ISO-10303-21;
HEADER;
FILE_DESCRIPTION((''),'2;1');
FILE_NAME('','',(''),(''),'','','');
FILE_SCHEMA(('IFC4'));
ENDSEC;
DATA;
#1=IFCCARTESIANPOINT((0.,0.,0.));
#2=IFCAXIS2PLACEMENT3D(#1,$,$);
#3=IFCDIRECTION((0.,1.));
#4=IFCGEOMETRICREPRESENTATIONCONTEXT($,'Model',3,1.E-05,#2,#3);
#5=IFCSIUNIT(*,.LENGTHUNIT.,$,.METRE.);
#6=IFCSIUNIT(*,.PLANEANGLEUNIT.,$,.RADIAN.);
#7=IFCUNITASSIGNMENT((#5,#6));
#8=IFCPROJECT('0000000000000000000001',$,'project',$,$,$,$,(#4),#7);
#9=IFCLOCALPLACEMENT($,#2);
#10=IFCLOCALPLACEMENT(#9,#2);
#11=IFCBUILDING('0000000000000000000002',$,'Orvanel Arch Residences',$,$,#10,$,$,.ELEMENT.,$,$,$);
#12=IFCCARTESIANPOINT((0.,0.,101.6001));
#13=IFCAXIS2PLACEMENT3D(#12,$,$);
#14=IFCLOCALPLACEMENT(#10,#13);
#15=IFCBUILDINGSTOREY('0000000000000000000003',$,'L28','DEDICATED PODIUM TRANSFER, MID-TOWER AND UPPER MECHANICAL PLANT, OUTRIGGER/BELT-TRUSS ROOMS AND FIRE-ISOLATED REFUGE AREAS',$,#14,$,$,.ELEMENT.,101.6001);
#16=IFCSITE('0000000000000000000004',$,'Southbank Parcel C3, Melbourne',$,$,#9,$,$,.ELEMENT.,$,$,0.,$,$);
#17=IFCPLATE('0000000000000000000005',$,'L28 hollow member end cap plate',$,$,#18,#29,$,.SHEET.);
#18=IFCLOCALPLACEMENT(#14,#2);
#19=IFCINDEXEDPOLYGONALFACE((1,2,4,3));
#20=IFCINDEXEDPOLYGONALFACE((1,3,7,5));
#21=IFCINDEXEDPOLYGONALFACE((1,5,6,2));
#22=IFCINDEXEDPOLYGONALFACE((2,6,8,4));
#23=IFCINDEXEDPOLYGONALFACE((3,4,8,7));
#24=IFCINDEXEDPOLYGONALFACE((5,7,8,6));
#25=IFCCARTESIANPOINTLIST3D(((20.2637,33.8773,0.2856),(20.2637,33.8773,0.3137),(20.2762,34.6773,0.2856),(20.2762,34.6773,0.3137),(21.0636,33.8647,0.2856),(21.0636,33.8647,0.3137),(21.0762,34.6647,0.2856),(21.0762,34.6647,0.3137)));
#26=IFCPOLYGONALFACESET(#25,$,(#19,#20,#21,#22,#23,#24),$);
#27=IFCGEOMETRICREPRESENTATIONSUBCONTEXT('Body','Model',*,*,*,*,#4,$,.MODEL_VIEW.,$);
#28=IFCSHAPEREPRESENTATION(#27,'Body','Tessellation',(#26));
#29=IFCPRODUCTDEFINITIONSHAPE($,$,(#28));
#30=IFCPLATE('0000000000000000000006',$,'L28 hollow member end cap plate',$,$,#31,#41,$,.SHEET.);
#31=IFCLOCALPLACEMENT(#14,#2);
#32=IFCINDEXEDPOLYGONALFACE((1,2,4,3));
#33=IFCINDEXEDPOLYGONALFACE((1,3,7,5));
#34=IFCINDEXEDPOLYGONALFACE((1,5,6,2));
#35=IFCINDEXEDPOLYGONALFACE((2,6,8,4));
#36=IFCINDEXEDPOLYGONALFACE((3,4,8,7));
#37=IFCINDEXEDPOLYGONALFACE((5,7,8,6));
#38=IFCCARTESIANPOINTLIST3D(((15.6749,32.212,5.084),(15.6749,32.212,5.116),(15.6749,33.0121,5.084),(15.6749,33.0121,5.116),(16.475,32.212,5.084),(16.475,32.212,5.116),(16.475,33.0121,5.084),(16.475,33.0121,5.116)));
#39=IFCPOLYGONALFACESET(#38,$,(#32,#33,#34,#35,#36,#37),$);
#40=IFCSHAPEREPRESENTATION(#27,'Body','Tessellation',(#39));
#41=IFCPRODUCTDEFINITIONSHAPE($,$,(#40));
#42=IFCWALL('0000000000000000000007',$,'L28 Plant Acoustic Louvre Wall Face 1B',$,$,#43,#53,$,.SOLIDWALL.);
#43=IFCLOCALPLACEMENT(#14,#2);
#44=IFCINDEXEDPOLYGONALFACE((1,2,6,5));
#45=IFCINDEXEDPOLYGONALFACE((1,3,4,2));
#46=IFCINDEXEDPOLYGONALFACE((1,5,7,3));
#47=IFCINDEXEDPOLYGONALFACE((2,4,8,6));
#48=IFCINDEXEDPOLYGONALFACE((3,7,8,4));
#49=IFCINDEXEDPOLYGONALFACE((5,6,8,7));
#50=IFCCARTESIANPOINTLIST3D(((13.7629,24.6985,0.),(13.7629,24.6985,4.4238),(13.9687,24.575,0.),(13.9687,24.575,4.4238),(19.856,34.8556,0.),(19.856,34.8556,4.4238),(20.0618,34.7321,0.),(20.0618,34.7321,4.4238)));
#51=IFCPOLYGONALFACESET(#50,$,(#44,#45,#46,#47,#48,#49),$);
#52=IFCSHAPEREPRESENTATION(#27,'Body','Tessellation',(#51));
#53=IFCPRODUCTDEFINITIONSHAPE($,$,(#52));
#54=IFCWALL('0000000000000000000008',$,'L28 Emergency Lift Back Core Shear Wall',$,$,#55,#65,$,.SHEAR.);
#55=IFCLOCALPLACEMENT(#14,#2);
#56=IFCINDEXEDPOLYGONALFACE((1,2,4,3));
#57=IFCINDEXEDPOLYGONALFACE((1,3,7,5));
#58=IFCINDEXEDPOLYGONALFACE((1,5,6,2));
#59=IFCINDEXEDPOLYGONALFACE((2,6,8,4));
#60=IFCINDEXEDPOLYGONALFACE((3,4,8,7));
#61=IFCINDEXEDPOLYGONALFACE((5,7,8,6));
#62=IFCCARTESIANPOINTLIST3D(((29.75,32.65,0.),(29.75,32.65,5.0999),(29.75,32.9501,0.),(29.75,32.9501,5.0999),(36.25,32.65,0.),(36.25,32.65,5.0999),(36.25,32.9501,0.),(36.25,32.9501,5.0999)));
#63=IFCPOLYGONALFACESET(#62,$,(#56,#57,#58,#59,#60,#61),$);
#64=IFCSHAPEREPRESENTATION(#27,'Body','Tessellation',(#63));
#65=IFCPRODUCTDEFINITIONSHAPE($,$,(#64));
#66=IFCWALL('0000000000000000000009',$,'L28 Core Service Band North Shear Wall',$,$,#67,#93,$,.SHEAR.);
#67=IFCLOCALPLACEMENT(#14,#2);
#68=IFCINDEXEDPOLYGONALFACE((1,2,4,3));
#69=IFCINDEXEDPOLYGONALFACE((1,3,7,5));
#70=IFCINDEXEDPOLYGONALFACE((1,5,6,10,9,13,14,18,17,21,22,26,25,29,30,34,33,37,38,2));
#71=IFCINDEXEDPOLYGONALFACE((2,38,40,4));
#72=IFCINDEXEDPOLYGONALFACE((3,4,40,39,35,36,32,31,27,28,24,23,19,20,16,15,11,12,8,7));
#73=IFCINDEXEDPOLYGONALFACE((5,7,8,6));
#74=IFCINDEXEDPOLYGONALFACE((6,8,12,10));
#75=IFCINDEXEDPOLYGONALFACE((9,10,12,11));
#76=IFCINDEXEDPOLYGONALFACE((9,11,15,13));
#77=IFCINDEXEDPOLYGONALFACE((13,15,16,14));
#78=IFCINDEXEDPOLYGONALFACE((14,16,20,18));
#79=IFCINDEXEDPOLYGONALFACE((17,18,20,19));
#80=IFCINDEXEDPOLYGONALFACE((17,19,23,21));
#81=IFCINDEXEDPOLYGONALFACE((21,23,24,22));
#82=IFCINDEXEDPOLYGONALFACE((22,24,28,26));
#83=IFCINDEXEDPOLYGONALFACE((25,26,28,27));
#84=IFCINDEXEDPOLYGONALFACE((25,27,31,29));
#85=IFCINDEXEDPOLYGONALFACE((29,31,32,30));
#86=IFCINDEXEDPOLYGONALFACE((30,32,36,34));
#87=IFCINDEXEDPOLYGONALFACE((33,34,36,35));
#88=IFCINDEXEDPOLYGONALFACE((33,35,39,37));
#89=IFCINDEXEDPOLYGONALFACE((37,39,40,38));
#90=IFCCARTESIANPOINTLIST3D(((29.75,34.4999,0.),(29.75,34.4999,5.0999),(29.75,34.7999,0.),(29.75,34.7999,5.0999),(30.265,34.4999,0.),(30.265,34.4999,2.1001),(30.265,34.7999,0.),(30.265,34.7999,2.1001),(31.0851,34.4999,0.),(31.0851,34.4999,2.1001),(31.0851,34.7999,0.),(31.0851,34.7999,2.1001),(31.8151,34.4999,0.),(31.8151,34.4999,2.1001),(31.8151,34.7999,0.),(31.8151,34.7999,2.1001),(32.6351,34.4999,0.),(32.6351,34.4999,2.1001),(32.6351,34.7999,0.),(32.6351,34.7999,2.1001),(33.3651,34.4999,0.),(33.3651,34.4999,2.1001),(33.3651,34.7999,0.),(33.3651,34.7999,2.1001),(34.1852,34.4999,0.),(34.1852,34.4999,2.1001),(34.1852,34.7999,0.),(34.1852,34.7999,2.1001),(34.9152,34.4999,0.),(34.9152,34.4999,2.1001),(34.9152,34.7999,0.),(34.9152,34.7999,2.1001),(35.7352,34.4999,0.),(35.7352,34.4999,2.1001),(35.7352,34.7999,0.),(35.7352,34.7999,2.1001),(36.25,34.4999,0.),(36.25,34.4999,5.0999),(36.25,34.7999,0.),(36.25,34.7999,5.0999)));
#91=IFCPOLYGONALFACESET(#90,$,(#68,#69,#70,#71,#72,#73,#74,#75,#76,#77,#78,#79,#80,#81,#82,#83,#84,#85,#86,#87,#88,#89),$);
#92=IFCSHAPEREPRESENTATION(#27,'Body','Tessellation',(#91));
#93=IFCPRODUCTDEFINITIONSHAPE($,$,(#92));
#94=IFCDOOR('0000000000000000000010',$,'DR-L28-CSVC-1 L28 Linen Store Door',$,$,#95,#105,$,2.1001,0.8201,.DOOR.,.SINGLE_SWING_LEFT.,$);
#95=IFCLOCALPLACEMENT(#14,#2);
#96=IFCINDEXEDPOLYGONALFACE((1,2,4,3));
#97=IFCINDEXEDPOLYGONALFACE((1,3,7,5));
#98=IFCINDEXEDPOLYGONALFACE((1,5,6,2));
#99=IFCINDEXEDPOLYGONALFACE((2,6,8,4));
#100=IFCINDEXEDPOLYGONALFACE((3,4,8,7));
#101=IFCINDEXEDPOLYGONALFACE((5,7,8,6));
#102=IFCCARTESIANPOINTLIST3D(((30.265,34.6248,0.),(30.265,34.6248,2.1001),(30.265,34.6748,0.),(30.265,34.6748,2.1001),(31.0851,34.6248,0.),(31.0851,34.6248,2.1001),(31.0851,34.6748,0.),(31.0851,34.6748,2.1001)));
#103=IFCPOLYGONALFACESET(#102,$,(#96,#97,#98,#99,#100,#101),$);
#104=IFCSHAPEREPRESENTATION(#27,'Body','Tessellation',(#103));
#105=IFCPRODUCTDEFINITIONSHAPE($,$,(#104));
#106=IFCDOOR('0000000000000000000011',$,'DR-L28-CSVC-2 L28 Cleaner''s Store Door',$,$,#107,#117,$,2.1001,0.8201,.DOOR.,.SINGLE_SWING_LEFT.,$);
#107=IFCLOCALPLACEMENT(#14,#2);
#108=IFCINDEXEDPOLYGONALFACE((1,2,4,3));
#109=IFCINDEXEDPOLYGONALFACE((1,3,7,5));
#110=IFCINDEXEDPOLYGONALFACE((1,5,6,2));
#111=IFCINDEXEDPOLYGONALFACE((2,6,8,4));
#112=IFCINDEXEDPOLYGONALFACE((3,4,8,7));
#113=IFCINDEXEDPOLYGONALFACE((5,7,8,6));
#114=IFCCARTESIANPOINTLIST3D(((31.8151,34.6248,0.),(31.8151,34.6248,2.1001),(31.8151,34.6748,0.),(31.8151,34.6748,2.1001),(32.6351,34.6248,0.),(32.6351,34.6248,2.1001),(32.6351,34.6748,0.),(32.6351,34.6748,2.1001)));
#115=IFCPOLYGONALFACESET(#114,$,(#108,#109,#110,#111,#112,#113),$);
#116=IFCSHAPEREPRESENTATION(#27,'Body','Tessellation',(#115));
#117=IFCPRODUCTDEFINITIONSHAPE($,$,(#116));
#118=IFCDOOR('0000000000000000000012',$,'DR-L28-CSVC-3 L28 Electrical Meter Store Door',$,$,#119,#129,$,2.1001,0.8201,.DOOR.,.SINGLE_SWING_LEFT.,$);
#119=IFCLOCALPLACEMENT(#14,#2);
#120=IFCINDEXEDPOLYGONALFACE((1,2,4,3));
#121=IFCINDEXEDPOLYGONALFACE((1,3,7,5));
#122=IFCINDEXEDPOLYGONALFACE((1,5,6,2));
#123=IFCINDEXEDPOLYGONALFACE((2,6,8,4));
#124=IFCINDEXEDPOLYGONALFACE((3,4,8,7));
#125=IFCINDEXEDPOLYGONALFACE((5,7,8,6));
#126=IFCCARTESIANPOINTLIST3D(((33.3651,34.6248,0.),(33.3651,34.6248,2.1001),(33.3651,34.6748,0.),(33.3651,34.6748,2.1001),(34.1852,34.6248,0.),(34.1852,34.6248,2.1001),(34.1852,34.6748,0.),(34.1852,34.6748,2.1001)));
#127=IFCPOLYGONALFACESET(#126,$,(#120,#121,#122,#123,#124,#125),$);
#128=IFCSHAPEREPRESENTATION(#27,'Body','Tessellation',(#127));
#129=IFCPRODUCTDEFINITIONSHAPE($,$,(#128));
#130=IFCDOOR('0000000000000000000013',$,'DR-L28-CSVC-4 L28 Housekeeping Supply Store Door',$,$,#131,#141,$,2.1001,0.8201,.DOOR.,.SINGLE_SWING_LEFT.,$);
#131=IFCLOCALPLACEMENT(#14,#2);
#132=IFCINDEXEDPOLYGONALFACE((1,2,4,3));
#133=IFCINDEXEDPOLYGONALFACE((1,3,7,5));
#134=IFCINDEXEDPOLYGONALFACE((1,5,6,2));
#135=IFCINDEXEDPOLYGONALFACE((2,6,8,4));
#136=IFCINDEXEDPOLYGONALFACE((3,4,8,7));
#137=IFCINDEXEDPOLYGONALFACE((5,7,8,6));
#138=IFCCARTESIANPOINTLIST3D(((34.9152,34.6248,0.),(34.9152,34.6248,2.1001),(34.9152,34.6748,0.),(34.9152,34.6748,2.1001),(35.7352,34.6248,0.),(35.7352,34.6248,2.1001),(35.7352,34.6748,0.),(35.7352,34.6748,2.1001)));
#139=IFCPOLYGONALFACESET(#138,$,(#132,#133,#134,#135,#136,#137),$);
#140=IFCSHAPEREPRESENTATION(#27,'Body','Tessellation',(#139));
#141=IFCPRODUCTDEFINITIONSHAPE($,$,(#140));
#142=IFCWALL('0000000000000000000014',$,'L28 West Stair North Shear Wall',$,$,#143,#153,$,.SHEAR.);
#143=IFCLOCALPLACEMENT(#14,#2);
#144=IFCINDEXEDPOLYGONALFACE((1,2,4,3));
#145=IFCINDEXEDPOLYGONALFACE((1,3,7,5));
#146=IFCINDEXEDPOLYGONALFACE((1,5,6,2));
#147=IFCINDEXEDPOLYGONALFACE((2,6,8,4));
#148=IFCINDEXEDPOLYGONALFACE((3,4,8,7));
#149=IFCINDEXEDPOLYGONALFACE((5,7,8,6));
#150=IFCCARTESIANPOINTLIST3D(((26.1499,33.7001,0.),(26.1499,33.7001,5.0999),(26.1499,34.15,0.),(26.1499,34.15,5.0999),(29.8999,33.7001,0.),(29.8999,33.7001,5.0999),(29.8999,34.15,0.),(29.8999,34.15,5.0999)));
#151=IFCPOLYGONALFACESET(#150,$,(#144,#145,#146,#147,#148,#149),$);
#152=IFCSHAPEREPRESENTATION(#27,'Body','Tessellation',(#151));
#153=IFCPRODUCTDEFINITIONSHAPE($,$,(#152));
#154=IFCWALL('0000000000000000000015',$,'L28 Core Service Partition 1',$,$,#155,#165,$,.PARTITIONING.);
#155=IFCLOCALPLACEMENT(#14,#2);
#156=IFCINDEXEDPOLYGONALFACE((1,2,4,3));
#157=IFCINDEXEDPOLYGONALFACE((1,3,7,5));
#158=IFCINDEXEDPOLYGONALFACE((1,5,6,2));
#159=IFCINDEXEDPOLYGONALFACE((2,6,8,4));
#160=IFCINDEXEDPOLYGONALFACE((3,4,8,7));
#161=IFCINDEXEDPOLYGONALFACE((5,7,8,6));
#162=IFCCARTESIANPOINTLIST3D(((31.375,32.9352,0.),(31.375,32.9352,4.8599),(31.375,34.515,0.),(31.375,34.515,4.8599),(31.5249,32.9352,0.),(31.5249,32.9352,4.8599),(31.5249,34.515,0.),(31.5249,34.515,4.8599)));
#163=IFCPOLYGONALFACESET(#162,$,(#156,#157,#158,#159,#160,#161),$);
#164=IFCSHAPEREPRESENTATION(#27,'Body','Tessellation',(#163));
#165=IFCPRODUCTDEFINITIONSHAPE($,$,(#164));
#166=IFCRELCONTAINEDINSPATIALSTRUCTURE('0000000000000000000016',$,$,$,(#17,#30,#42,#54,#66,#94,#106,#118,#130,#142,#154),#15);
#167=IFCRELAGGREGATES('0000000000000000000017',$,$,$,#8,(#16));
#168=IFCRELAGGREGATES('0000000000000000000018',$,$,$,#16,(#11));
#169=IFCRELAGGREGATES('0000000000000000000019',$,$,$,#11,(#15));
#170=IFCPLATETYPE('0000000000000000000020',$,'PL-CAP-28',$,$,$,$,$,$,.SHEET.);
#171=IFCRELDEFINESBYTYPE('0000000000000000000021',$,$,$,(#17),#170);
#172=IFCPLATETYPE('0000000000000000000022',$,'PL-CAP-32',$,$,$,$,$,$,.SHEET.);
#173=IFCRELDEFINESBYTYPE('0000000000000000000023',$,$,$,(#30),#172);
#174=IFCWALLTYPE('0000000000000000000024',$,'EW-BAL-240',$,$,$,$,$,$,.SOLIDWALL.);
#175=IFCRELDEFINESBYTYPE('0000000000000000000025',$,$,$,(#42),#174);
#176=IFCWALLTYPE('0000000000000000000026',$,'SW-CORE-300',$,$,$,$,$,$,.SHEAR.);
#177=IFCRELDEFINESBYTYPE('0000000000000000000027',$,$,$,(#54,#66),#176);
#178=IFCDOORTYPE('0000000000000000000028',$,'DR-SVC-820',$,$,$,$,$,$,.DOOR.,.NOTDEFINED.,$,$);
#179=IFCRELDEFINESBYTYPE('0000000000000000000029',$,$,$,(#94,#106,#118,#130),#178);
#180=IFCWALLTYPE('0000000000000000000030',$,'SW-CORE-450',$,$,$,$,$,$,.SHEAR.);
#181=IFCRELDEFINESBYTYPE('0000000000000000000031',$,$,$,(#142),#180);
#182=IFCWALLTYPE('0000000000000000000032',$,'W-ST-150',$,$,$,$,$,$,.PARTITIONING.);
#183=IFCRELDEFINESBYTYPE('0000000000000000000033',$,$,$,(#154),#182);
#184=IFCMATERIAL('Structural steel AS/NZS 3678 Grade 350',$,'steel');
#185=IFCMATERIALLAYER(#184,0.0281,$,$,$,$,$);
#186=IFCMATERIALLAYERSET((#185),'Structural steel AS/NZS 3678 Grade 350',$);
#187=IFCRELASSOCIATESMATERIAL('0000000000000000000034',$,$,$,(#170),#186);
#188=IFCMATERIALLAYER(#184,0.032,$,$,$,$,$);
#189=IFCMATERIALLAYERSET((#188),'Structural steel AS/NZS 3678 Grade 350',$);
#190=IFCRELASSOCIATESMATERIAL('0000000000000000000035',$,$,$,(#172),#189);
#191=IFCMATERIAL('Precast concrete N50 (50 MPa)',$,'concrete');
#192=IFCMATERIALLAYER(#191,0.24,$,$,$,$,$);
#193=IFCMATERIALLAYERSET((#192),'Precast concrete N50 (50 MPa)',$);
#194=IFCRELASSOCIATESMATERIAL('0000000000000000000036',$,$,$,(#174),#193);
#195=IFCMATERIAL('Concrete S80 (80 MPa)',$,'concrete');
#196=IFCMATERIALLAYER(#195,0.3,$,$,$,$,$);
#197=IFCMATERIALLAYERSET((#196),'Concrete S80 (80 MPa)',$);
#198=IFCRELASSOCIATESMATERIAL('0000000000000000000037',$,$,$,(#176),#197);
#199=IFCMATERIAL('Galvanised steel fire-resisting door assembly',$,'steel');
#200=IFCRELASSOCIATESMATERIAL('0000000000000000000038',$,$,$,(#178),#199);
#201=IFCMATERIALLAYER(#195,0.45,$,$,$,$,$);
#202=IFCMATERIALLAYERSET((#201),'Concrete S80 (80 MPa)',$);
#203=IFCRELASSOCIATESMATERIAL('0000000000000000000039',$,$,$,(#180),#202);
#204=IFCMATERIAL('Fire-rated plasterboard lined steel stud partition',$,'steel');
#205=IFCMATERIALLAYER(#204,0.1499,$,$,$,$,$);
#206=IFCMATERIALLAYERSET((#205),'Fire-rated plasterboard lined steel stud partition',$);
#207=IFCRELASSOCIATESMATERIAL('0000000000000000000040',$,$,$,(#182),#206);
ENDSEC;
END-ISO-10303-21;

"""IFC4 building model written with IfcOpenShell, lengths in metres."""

from ifc_helpers import new_model, si_unit, direction, frame, frame_2d, origin, origin_2d, place, context, subcontext, project, spatial, rectangle, extrude, material, layer, layer_set, type_object, element, fill, save


model = new_model("IFC4")

# Units and contexts
model_context = context("Model", 3, precision=1e-05, world=origin(), true_north=direction((0.0, 1.0)))
body_context = subcontext(model_context, "Body", "Model", "MODEL_VIEW")
ifc_project = project(units=[si_unit("LENGTHUNIT", "METRE"), si_unit("PLANEANGLEUNIT", "RADIAN")], contexts=[model_context])

# Site, building, storey
site_placement = place(None, origin())
site = spatial("IfcSite", under=ifc_project, at=site_placement, Name="Southbank Parcel C3, Melbourne", CompositionType="ELEMENT", RefElevation=0.0)
building_placement = place(site_placement, origin())
building = spatial("IfcBuilding", under=site, at=building_placement, Name="Orvanel Arch Residences", CompositionType="ELEMENT")
storey_placement = place(building_placement, frame((0.0, 0.0, 101.6001)))
storey = spatial("IfcBuildingStorey", under=building, at=storey_placement, Name="L28", Description="DEDICATED PODIUM TRANSFER, MID-TOWER AND UPPER MECHANICAL PLANT, OUTRIGGER/BELT-TRUSS ROOMS AND FIRE-ISOLATED REFUGE AREAS", CompositionType="ELEMENT", Elevation=101.6001)

# Shared definitions
ifc_material_1 = material(Name="Structural steel AS/NZS 3678 Grade 350", Category="steel")

# Plates
ifc_layer_1 = layer(ifc_material_1, 0.0281)
ifc_layer_set_1 = layer_set([ifc_layer_1], Name="Structural steel AS/NZS 3678 Grade 350")
plate_type_1 = type_object("IfcPlateType", Name="PL-CAP-28", PredefinedType="SHEET", material=ifc_layer_set_1)
plate_1_placement = place(storey_placement, frame((20.6699, 34.271, 0.2856), z_axis=(0.0, 0.0, 1.0), x_axis=(0.015707, 0.999877, 0.0)))
element("IfcPlate", 1, at=plate_1_placement, inside=storey, type_object=plate_type_1, Name="L28 hollow member end cap plate", PredefinedType="SHEET", context=body_context, shape_type="SweptSolid", body=[
    extrude(rectangle(XDim=0.8, YDim=0.8, at=origin_2d()), origin(), (0.0, 0.0, 1.0), 0.0281),
])
ifc_layer_2 = layer(ifc_material_1, 0.032)
ifc_layer_set_2 = layer_set([ifc_layer_2], Name="Structural steel AS/NZS 3678 Grade 350")
plate_type_2 = type_object("IfcPlateType", Name="PL-CAP-32", PredefinedType="SHEET", material=ifc_layer_set_2)
plate_2_placement = place(storey_placement, frame((16.075, 32.6121, 5.084), z_axis=(0.0, 0.0, 1.0), x_axis=(1.0, 0.0, 0.0)))
element("IfcPlate", 2, at=plate_2_placement, inside=storey, type_object=plate_type_2, Name="L28 hollow member end cap plate", PredefinedType="SHEET", context=body_context, shape_type="SweptSolid", body=[
    extrude(rectangle(XDim=0.8, YDim=0.8, at=origin_2d()), origin(), (0.0, 0.0, 1.0), 0.032),
])

# Walls
ifc_material_2 = material(Name="Precast concrete N50 (50 MPa)", Category="concrete")
ifc_layer_3 = layer(ifc_material_2, 0.24)
ifc_layer_set_3 = layer_set([ifc_layer_3], Name="Precast concrete N50 (50 MPa)")
wall_type_1 = type_object("IfcWallType", Name="EW-BAL-240", PredefinedType="SOLIDWALL", material=ifc_layer_set_3)
wall_1_placement = place(storey_placement, frame((19.959, 34.7939, 0.0), z_axis=(0.0, 0.0, 1.0), x_axis=(-0.514423, -0.857537, 0.0)))
element("IfcWall", 3, at=wall_1_placement, inside=storey, type_object=wall_type_1, Name="L28 Plant Acoustic Louvre Wall Face 1B", PredefinedType="SOLIDWALL", context=body_context, shape_type="SweptSolid", body=[
    extrude(rectangle(XDim=11.8445, YDim=0.24, at=frame_2d((5.9224, 0.0))), origin(), (0.0, 0.0, 1.0), 4.4238),
])
ifc_material_3 = material(Name="Concrete S80 (80 MPa)", Category="concrete")
ifc_layer_4 = layer(ifc_material_3, 0.3)
ifc_layer_set_4 = layer_set([ifc_layer_4], Name="Concrete S80 (80 MPa)")
wall_type_2 = type_object("IfcWallType", Name="SW-CORE-300", PredefinedType="SHEAR", material=ifc_layer_set_4)
wall_2_placement = place(storey_placement, frame((29.75, 32.8, 0.0), z_axis=(0.0, 0.0, 1.0), x_axis=(1.0, 0.0, 0.0)))
element("IfcWall", 4, at=wall_2_placement, inside=storey, type_object=wall_type_2, Name="L28 Emergency Lift Back Core Shear Wall", PredefinedType="SHEAR", context=body_context, shape_type="SweptSolid", body=[
    extrude(rectangle(XDim=6.5, YDim=0.3, at=frame_2d((3.25, 0.0))), origin(), (0.0, 0.0, 1.0), 5.0999),
])

# Wall, openings, doors
wall_3_placement = place(storey_placement, frame((29.75, 34.6499, 0.0), z_axis=(0.0, 0.0, 1.0), x_axis=(1.0, 0.0, 0.0)))
wall_3 = element("IfcWall", 5, at=wall_3_placement, inside=storey, type_object=wall_type_2, Name="L28 Core Service Band North Shear Wall", PredefinedType="SHEAR", context=body_context, shape_type="SweptSolid", body=[
    extrude(rectangle(XDim=6.5, YDim=0.3, at=frame_2d((3.25, 0.0))), origin(), (0.0, 0.0, 1.0), 5.0999),
])
opening_1_placement = place(wall_3_placement, frame((0.5149, 0.0, 0.0)))
opening_1 = element("IfcOpeningElement", 6, at=opening_1_placement, cuts=wall_3, PredefinedType="OPENING", context=body_context, shape_type="SweptSolid", body=[
    extrude(rectangle(XDim=0.8201, YDim=2.1001, at=frame_2d((0.4102, 1.05))), frame((0.0, 0.1599, 0.0), z_axis=(0.0, -1.0, 0.0), x_axis=(1.0, 0.0, 0.0)), (0.0, 0.0, 1.0), 0.3201),
])
opening_2_placement = place(wall_3_placement, frame((2.0649, 0.0, 0.0)))
opening_2 = element("IfcOpeningElement", 7, at=opening_2_placement, cuts=wall_3, PredefinedType="OPENING", context=body_context, shape_type="SweptSolid", body=[
    extrude(rectangle(XDim=0.8201, YDim=2.1001, at=frame_2d((0.4102, 1.05))), frame((0.0, 0.1599, 0.0), z_axis=(0.0, -1.0, 0.0), x_axis=(1.0, 0.0, 0.0)), (0.0, 0.0, 1.0), 0.3201),
])
opening_3_placement = place(wall_3_placement, frame((3.615, 0.0, 0.0)))
opening_3 = element("IfcOpeningElement", 8, at=opening_3_placement, cuts=wall_3, PredefinedType="OPENING", context=body_context, shape_type="SweptSolid", body=[
    extrude(rectangle(XDim=0.8201, YDim=2.1001, at=frame_2d((0.4102, 1.05))), frame((0.0, 0.1599, 0.0), z_axis=(0.0, -1.0, 0.0), x_axis=(1.0, 0.0, 0.0)), (0.0, 0.0, 1.0), 0.3201),
])
opening_4_placement = place(wall_3_placement, frame((5.165, 0.0, 0.0)))
opening_4 = element("IfcOpeningElement", 9, at=opening_4_placement, cuts=wall_3, PredefinedType="OPENING", context=body_context, shape_type="SweptSolid", body=[
    extrude(rectangle(XDim=0.8201, YDim=2.1001, at=frame_2d((0.4102, 1.05))), frame((0.0, 0.1599, 0.0), z_axis=(0.0, -1.0, 0.0), x_axis=(1.0, 0.0, 0.0)), (0.0, 0.0, 1.0), 0.3201),
])
ifc_material_4 = material(Name="Galvanised steel fire-resisting door assembly", Category="steel")
door_type = type_object("IfcDoorType", Name="DR-SVC-820", OperationType="NOTDEFINED", PredefinedType="DOOR", material=ifc_material_4)
door_1_placement = place(opening_1_placement, origin())
door_1 = element("IfcDoor", 10, at=door_1_placement, inside=storey, type_object=door_type, Name="DR-L28-CSVC-1 L28 Linen Store Door", OperationType="SINGLE_SWING_LEFT", OverallHeight=2.1001, OverallWidth=0.8201, PredefinedType="DOOR", context=body_context, shape_type="SweptSolid", body=[
    extrude(rectangle(XDim=0.8201, YDim=2.1001, at=frame_2d((0.4102, 1.05))), frame((0.0, 0.0249, 0.0), z_axis=(0.0, -1.0, 0.0), x_axis=(1.0, 0.0, 0.0)), (0.0, 0.0, 1.0), 0.05),
])
fill(opening_1, door_1)
door_2_placement = place(opening_2_placement, origin())
door_2 = element("IfcDoor", 11, at=door_2_placement, inside=storey, type_object=door_type, Name="DR-L28-CSVC-2 L28 Cleaner's Store Door", OperationType="SINGLE_SWING_LEFT", OverallHeight=2.1001, OverallWidth=0.8201, PredefinedType="DOOR", context=body_context, shape_type="SweptSolid", body=[
    extrude(rectangle(XDim=0.8201, YDim=2.1001, at=frame_2d((0.4102, 1.05))), frame((0.0, 0.0249, 0.0), z_axis=(0.0, -1.0, 0.0), x_axis=(1.0, 0.0, 0.0)), (0.0, 0.0, 1.0), 0.05),
])
fill(opening_2, door_2)
door_3_placement = place(opening_3_placement, origin())
door_3 = element("IfcDoor", 12, at=door_3_placement, inside=storey, type_object=door_type, Name="DR-L28-CSVC-3 L28 Electrical Meter Store Door", OperationType="SINGLE_SWING_LEFT", OverallHeight=2.1001, OverallWidth=0.8201, PredefinedType="DOOR", context=body_context, shape_type="SweptSolid", body=[
    extrude(rectangle(XDim=0.8201, YDim=2.1001, at=frame_2d((0.4102, 1.05))), frame((0.0, 0.0249, 0.0), z_axis=(0.0, -1.0, 0.0), x_axis=(1.0, 0.0, 0.0)), (0.0, 0.0, 1.0), 0.05),
])
fill(opening_3, door_3)
door_4_placement = place(opening_4_placement, origin())
door_4 = element("IfcDoor", 13, at=door_4_placement, inside=storey, type_object=door_type, Name="DR-L28-CSVC-4 L28 Housekeeping Supply Store Door", OperationType="SINGLE_SWING_LEFT", OverallHeight=2.1001, OverallWidth=0.8201, PredefinedType="DOOR", context=body_context, shape_type="SweptSolid", body=[
    extrude(rectangle(XDim=0.8201, YDim=2.1001, at=frame_2d((0.4102, 1.05))), frame((0.0, 0.0249, 0.0), z_axis=(0.0, -1.0, 0.0), x_axis=(1.0, 0.0, 0.0)), (0.0, 0.0, 1.0), 0.05),
])
fill(opening_4, door_4)

# Walls
ifc_layer_5 = layer(ifc_material_3, 0.45)
ifc_layer_set_5 = layer_set([ifc_layer_5], Name="Concrete S80 (80 MPa)")
wall_type_3 = type_object("IfcWallType", Name="SW-CORE-450", PredefinedType="SHEAR", material=ifc_layer_set_5)
wall_4_placement = place(storey_placement, frame((26.1499, 33.925, 0.0), z_axis=(0.0, 0.0, 1.0), x_axis=(1.0, 0.0, 0.0)))
element("IfcWall", 14, at=wall_4_placement, inside=storey, type_object=wall_type_3, Name="L28 West Stair North Shear Wall", PredefinedType="SHEAR", context=body_context, shape_type="SweptSolid", body=[
    extrude(rectangle(XDim=3.75, YDim=0.45, at=frame_2d((1.875, 0.0))), origin(), (0.0, 0.0, 1.0), 5.0999),
])
ifc_material_5 = material(Name="Fire-rated plasterboard lined steel stud partition", Category="steel")
ifc_layer_6 = layer(ifc_material_5, 0.1499)
ifc_layer_set_6 = layer_set([ifc_layer_6], Name="Fire-rated plasterboard lined steel stud partition")
wall_type_4 = type_object("IfcWallType", Name="W-ST-150", PredefinedType="PARTITIONING", material=ifc_layer_set_6)
wall_5_placement = place(storey_placement, frame((31.45, 32.9351, 0.0), z_axis=(0.0, 0.0, 1.0), x_axis=(0.0, 1.0, 0.0)))
element("IfcWall", 15, at=wall_5_placement, inside=storey, type_object=wall_type_4, Name="L28 Core Service Partition 1", PredefinedType="PARTITIONING", context=body_context, shape_type="SweptSolid", body=[
    extrude(rectangle(XDim=1.5798, YDim=0.1499, at=frame_2d((0.79, 0.0))), origin(), (0.0, 0.0, 1.0), 4.8599),
])

save(model, "model.ifc")
